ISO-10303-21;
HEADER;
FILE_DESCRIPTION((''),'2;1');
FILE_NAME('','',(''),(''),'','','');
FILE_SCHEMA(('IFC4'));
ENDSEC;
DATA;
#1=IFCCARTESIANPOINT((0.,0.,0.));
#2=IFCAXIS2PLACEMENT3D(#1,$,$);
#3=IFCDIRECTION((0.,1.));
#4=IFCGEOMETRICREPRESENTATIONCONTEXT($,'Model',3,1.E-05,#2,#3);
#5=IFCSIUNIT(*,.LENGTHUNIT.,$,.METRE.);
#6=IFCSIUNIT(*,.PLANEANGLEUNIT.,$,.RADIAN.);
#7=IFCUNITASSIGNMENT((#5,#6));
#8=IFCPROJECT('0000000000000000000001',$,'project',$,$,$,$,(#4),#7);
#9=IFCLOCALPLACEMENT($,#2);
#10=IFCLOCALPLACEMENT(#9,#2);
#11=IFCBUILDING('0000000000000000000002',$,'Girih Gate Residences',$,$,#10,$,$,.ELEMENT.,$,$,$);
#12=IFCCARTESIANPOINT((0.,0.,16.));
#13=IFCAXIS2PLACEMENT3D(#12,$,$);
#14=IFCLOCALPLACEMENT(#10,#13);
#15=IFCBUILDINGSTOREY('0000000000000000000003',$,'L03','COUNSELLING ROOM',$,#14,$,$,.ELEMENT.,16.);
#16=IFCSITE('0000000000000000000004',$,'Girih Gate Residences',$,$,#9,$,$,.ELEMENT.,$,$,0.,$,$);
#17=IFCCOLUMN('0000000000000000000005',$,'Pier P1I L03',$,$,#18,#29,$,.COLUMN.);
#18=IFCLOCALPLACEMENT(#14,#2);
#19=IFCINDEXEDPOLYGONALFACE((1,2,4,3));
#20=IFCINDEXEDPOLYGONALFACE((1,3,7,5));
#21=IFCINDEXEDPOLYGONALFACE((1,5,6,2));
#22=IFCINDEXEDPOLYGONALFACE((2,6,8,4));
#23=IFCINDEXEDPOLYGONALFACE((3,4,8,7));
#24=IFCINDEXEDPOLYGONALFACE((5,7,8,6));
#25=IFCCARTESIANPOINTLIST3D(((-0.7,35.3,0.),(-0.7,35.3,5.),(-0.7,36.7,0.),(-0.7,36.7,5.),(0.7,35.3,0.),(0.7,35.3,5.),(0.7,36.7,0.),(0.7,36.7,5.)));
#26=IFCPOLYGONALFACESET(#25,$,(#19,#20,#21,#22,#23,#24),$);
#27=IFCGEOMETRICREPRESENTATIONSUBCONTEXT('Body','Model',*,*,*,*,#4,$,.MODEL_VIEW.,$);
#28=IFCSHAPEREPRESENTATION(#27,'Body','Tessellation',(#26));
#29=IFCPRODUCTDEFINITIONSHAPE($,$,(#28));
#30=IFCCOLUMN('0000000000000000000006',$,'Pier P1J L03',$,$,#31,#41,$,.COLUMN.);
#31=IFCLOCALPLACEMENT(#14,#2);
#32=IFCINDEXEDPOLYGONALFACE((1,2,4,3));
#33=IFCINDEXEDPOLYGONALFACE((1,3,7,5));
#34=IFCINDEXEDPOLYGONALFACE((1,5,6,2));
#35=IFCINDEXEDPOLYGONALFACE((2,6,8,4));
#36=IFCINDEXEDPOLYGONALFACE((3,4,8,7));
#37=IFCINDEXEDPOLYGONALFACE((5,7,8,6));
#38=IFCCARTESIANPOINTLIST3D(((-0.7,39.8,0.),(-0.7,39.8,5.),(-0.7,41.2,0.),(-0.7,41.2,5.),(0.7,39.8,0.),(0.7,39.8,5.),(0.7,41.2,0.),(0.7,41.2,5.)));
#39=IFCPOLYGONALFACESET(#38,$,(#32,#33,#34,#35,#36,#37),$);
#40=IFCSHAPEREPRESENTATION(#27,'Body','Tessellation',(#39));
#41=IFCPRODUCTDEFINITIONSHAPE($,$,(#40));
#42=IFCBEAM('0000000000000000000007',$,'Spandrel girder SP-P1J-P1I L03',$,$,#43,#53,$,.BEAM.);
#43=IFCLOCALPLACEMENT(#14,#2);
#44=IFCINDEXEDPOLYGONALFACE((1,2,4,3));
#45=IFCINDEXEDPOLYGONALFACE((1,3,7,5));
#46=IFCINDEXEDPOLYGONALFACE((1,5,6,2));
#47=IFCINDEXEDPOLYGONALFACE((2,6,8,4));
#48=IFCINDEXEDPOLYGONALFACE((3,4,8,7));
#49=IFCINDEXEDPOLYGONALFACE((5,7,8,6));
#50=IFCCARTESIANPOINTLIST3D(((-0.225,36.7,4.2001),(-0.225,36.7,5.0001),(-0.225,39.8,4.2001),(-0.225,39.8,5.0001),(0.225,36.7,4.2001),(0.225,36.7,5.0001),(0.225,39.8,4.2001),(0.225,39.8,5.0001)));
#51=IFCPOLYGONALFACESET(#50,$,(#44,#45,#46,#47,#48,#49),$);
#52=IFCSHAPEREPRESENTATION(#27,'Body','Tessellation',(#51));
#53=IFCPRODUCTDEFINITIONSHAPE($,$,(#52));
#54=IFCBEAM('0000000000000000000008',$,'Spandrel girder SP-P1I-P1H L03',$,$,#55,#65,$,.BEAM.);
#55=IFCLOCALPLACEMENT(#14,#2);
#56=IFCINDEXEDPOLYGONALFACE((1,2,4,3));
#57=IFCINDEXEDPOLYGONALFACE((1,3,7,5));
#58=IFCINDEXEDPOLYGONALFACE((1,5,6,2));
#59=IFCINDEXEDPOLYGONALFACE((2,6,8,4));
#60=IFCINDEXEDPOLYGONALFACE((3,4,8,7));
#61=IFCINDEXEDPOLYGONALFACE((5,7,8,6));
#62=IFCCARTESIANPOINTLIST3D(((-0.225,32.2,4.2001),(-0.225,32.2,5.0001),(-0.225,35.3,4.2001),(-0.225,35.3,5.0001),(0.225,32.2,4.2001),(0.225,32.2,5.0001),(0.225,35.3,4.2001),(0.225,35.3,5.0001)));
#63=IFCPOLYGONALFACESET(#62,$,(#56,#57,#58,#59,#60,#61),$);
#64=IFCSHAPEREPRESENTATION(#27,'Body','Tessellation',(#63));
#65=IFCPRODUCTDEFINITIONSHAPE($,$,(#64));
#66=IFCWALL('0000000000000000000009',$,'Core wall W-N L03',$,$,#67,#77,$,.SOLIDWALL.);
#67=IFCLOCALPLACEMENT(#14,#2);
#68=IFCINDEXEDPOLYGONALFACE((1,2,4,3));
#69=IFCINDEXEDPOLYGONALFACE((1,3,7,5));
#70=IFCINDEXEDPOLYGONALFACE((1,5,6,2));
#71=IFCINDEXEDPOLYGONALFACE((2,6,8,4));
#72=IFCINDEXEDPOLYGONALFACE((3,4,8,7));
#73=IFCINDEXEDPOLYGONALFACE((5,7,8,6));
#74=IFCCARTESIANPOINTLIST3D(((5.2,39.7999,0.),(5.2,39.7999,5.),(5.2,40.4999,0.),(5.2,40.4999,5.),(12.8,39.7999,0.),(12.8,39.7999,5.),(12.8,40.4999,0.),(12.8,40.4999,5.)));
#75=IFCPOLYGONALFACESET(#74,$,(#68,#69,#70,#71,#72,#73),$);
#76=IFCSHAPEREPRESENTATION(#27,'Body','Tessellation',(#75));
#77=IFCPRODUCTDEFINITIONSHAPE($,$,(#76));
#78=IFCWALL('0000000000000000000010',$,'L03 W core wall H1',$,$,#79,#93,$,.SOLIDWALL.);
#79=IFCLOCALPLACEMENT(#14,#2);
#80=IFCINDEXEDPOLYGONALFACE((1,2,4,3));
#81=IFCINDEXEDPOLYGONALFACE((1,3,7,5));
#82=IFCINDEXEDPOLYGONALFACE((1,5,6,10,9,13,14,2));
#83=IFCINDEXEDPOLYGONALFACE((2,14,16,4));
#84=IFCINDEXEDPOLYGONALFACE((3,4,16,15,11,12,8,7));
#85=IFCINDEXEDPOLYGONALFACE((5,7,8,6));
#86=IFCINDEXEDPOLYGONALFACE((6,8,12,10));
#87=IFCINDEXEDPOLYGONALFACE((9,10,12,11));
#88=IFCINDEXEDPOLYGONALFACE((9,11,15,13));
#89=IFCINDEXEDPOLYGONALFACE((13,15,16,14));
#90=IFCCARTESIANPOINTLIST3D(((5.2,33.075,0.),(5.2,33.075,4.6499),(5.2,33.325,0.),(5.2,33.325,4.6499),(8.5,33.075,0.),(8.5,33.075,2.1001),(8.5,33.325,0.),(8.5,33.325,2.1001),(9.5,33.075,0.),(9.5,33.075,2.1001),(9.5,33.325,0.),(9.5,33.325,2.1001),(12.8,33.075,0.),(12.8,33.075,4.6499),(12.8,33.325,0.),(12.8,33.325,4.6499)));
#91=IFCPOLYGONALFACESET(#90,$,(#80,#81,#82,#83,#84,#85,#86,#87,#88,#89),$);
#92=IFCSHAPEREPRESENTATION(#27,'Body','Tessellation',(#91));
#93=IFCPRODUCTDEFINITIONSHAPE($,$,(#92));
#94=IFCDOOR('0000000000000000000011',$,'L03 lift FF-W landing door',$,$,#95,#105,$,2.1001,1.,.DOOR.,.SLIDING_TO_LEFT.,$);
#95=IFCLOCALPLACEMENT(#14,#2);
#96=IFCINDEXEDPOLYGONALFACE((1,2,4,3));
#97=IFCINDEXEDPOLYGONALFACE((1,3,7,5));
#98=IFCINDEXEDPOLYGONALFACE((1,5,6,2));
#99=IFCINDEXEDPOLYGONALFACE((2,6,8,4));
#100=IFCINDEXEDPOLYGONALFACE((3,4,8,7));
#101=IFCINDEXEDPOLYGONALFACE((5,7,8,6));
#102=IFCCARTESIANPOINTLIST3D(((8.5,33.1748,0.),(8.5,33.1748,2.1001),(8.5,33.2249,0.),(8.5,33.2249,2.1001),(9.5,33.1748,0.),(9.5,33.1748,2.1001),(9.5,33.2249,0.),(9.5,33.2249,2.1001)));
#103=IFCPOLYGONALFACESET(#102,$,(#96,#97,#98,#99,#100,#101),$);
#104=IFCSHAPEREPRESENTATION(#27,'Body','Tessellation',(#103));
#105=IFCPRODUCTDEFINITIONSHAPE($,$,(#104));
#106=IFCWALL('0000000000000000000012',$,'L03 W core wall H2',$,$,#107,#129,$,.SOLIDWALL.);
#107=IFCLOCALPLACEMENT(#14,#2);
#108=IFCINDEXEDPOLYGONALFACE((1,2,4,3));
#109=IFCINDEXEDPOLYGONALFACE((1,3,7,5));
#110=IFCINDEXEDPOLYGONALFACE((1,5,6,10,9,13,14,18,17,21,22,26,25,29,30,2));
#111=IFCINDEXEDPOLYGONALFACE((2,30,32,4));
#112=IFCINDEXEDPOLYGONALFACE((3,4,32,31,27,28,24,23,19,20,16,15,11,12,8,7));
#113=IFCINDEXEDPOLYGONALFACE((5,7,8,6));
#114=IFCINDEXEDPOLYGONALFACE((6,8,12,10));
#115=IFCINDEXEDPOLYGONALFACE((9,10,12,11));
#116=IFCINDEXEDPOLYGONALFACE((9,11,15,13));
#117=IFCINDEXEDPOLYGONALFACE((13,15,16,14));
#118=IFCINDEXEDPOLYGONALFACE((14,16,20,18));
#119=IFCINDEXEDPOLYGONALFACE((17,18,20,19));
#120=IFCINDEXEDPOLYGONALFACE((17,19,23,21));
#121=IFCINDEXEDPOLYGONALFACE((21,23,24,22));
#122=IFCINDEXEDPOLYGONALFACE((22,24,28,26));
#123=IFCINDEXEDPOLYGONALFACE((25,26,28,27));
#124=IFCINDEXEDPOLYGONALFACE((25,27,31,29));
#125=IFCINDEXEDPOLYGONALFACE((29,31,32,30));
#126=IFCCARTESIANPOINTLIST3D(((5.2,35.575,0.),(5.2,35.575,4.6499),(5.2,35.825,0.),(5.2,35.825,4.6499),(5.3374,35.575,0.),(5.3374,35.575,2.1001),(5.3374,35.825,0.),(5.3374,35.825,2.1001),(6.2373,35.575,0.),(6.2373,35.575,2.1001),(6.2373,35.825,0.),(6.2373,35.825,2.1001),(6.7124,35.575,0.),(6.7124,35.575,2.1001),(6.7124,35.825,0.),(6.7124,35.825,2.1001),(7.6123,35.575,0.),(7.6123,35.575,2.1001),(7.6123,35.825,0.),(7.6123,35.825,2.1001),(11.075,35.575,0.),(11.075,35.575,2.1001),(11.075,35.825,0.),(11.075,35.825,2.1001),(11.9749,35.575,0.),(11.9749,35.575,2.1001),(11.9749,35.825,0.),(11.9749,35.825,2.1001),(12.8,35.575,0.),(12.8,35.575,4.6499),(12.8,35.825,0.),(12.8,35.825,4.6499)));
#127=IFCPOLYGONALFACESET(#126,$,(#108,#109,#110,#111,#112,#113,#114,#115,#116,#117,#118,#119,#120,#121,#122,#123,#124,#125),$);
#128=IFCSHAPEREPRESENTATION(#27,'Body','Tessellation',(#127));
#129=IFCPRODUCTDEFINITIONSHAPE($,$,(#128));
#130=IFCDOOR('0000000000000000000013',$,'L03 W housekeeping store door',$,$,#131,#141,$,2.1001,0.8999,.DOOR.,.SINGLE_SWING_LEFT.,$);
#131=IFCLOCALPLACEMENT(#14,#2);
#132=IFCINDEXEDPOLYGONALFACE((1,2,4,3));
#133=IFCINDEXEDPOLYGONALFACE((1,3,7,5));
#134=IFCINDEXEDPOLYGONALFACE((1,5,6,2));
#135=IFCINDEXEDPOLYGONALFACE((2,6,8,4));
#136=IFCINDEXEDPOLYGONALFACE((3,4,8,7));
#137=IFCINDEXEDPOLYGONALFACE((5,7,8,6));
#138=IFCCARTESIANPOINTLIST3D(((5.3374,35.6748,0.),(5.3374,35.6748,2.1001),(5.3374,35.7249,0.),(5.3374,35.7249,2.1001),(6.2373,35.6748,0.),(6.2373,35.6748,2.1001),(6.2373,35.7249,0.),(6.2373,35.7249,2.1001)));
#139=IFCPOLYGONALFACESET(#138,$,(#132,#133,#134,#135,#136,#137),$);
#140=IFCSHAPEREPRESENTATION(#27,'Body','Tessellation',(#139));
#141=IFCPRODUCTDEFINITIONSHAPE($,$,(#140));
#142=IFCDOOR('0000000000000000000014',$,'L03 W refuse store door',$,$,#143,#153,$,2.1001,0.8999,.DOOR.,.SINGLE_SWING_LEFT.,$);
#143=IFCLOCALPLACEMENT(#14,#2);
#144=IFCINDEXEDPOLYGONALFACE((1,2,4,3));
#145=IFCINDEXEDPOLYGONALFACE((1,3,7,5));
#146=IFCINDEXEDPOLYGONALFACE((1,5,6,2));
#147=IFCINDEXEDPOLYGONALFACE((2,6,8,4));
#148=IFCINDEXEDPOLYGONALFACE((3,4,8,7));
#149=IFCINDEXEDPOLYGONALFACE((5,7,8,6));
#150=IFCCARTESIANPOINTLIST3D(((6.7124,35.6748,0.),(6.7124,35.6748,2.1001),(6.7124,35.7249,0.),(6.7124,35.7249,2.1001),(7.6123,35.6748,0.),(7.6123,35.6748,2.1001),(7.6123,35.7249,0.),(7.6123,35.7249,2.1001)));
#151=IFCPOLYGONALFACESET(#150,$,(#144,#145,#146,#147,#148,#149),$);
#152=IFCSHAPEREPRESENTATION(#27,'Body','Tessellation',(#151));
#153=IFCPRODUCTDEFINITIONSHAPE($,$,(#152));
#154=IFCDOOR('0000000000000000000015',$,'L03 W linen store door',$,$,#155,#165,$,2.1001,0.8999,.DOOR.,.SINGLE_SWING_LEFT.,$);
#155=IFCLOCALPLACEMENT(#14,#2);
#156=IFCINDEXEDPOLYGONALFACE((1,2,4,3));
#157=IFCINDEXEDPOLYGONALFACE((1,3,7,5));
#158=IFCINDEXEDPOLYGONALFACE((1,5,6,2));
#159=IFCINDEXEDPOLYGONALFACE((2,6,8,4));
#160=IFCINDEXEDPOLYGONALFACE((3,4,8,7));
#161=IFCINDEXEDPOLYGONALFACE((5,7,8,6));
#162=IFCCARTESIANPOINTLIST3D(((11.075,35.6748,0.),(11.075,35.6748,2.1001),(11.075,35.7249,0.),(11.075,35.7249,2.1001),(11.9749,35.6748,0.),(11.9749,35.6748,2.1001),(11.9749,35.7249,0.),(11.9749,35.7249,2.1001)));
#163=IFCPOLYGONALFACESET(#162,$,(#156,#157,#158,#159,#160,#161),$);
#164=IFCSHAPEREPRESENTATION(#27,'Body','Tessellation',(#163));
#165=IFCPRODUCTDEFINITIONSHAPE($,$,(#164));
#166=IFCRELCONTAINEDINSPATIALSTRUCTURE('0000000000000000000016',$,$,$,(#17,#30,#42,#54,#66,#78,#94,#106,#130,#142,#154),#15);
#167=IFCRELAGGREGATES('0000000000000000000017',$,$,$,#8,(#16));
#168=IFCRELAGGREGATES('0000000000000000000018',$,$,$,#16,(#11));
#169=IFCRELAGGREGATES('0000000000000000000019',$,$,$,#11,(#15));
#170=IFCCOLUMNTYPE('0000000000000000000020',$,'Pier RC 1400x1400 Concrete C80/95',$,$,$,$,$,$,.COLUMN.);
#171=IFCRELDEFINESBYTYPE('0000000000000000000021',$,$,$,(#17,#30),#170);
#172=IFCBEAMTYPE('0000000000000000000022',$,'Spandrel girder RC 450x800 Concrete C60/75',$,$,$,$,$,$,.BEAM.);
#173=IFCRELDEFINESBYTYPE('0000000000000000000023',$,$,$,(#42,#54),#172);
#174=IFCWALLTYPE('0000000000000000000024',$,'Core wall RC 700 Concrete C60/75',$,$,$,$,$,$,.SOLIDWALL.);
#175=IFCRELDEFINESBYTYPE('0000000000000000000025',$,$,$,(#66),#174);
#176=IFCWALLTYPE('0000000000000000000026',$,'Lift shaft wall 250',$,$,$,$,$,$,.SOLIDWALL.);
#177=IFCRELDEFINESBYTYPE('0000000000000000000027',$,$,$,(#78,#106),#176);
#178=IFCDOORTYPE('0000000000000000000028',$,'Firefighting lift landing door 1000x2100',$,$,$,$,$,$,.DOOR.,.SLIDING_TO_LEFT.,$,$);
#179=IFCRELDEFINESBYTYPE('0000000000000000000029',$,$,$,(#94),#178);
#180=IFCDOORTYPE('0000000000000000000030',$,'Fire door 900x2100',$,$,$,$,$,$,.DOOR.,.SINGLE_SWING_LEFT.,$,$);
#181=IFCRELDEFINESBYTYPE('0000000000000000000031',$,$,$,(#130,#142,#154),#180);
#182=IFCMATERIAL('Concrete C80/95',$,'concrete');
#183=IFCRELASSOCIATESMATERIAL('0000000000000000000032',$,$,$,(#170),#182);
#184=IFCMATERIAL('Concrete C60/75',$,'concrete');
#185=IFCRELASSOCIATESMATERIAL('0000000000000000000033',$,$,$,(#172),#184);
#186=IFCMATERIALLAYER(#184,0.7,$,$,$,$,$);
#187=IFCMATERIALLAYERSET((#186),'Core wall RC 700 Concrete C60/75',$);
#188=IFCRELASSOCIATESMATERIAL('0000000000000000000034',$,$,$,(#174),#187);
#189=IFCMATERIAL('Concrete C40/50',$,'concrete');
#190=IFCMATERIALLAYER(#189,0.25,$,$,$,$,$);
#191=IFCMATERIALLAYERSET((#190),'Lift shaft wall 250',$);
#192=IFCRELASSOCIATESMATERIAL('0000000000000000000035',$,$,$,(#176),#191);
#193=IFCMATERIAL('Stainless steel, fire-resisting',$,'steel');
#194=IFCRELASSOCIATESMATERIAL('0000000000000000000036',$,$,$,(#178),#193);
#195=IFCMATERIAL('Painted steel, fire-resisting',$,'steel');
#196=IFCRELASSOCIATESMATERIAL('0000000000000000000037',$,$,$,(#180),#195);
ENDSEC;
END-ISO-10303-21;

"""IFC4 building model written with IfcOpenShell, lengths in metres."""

from ifc_helpers import new_model, si_unit, direction, frame, frame_2d, origin, origin_2d, place, context, subcontext, project, spatial, rectangle, extrude, material, layer, layer_set, material_profile, profile_set, type_object, element, fill, save


model = new_model("IFC4")

# Units and contexts
model_context = context("Model", 3, precision=1e-05, world=origin(), true_north=direction((0.0, 1.0)))
body_context = subcontext(model_context, "Body", "Model", "MODEL_VIEW")
ifc_project = project(units=[si_unit("LENGTHUNIT", "METRE"), si_unit("PLANEANGLEUNIT", "RADIAN")], contexts=[model_context])

# Site, building, storey
site_placement = place(None, origin())
site = spatial("IfcSite", under=ifc_project, at=site_placement, Name="Girih Gate Residences", CompositionType="ELEMENT", RefElevation=0.0)
building_placement = place(site_placement, origin())
building = spatial("IfcBuilding", under=site, at=building_placement, Name="Girih Gate Residences", CompositionType="ELEMENT")
storey_placement = place(building_placement, frame((0.0, 0.0, 16.0)))
storey = spatial("IfcBuildingStorey", under=building, at=storey_placement, Name="L03", Description="COUNSELLING ROOM", CompositionType="ELEMENT", Elevation=16.0)

# Columns
ifc_material_1 = material(Name="Concrete C80/95", Category="concrete")
ifc_material_profile_1 = material_profile(ifc_material_1, rectangle(XDim=1.3999, YDim=1.3999, at=origin_2d()))
ifc_profile_set_1 = profile_set([ifc_material_profile_1], Name="Concrete C80/95")
column_type = type_object("IfcColumnType", Name="Pier RC 1400x1400 Concrete C80/95", PredefinedType="COLUMN", material=ifc_profile_set_1)
for number, where, z_axis, x_axis, name in (
    (1, (0.0, 36.0, 0.0), (0.0, 0.0, 1.0), (1.0, 0.0, 0.0), "Pier P1I L03"),
    (2, (0.0, 40.5, 0.0), (0.0, 0.0, 1.0), (1.0, 0.0, 0.0), "Pier P1J L03"),
):
    element("IfcColumn", number, at=place(storey_placement, frame(where, z_axis=z_axis, x_axis=x_axis)), inside=storey, type_object=column_type, Name=name, PredefinedType="COLUMN", context=body_context, shape_type="SweptSolid", body=[
        extrude(rectangle(XDim=1.3999, YDim=1.3999, at=origin_2d()), origin(), (0.0, 0.0, 1.0), 5.0),
    ])

# Beams
ifc_material_2 = material(Name="Concrete C60/75", Category="concrete")
ifc_material_profile_2 = material_profile(ifc_material_2, rectangle(XDim=0.45, YDim=0.8, at=origin_2d()))
ifc_profile_set_2 = profile_set([ifc_material_profile_2], Name="Concrete C60/75")
beam_type = type_object("IfcBeamType", Name="Spandrel girder RC 450x800 Concrete C60/75", PredefinedType="BEAM", material=ifc_profile_set_2)
for number, where, z_axis, x_axis, name in (
    (3, (0.0, 39.8, 4.6001), (0.0, -1.0, 0.0), (1.0, 0.0, 0.0), "Spandrel girder SP-P1J-P1I L03"),
    (4, (0.0, 35.3, 4.6001), (0.0, -1.0, 0.0), (1.0, 0.0, 0.0), "Spandrel girder SP-P1I-P1H L03"),
):
    element("IfcBeam", number, at=place(storey_placement, frame(where, z_axis=z_axis, x_axis=x_axis)), inside=storey, type_object=beam_type, Name=name, PredefinedType="BEAM", context=body_context, shape_type="SweptSolid", body=[
        extrude(rectangle(XDim=0.45, YDim=0.8, at=origin_2d()), origin(), (0.0, 0.0, 1.0), 3.1001),
    ])

# Wall
ifc_layer_1 = layer(ifc_material_2, 0.7)
ifc_layer_set_1 = layer_set([ifc_layer_1], Name="Core wall RC 700 Concrete C60/75")
wall_type_1 = type_object("IfcWallType", Name="Core wall RC 700 Concrete C60/75", PredefinedType="SOLIDWALL", material=ifc_layer_set_1)
wall_1_placement = place(storey_placement, frame((5.2, 40.1499, 0.0), z_axis=(0.0, 0.0, 1.0), x_axis=(1.0, 0.0, 0.0)))
element("IfcWall", 5, at=wall_1_placement, inside=storey, type_object=wall_type_1, Name="Core wall W-N L03", PredefinedType="SOLIDWALL", context=body_context, shape_type="SweptSolid", body=[
    extrude(rectangle(XDim=7.6001, YDim=0.7, at=frame_2d((3.8, 0.0))), origin(), (0.0, 0.0, 1.0), 5.0),
])

# Wall, opening, door
ifc_material_3 = material(Name="Concrete C40/50", Category="concrete")
ifc_layer_2 = layer(ifc_material_3, 0.25)
ifc_layer_set_2 = layer_set([ifc_layer_2], Name="Lift shaft wall 250")
wall_type_2 = type_object("IfcWallType", Name="Lift shaft wall 250", PredefinedType="SOLIDWALL", material=ifc_layer_set_2)
wall_2_placement = place(storey_placement, frame((5.2, 33.2, 0.0), z_axis=(0.0, 0.0, 1.0), x_axis=(1.0, 0.0, 0.0)))
wall_2 = element("IfcWall", 6, at=wall_2_placement, inside=storey, type_object=wall_type_2, Name="L03 W core wall H1", PredefinedType="SOLIDWALL", context=body_context, shape_type="SweptSolid", body=[
    extrude(rectangle(XDim=7.6001, YDim=0.25, at=frame_2d((3.8, 0.0))), origin(), (0.0, 0.0, 1.0), 4.6499),
])
opening_1_placement = place(wall_2_placement, frame((3.3, 0.0, 0.0)))
opening_1 = element("IfcOpeningElement", 7, at=opening_1_placement, cuts=wall_2, PredefinedType="OPENING", context=body_context, shape_type="SweptSolid", body=[
    extrude(rectangle(XDim=1.0, YDim=2.1001, at=frame_2d((0.5, 1.05))), frame((0.0, 0.135, 0.0), z_axis=(0.0, -1.0, 0.0), x_axis=(1.0, 0.0, 0.0)), (0.0, 0.0, 1.0), 0.27),
])
ifc_material_4 = material(Name="Stainless steel, fire-resisting", Category="steel")
door_type_1 = type_object("IfcDoorType", Name="Firefighting lift landing door 1000x2100", OperationType="SLIDING_TO_LEFT", PredefinedType="DOOR", material=ifc_material_4)
door_1_placement = place(opening_1_placement, origin())
door_1 = element("IfcDoor", 8, at=door_1_placement, inside=storey, type_object=door_type_1, Name="L03 lift FF-W landing door", OperationType="SLIDING_TO_LEFT", OverallHeight=2.1001, OverallWidth=1.0, PredefinedType="DOOR", context=body_context, shape_type="SweptSolid", body=[
    extrude(rectangle(XDim=1.0, YDim=2.1001, at=frame_2d((0.5, 1.05))), frame((0.0, 0.0249, 0.0), z_axis=(0.0, -1.0, 0.0), x_axis=(1.0, 0.0, 0.0)), (0.0, 0.0, 1.0), 0.05),
])
fill(opening_1, door_1)

# Wall, openings, doors
wall_3_placement = place(storey_placement, frame((5.2, 35.7, 0.0), z_axis=(0.0, 0.0, 1.0), x_axis=(1.0, 0.0, 0.0)))
wall_3 = element("IfcWall", 9, at=wall_3_placement, inside=storey, type_object=wall_type_2, Name="L03 W core wall H2", PredefinedType="SOLIDWALL", context=body_context, shape_type="SweptSolid", body=[
    extrude(rectangle(XDim=7.6001, YDim=0.25, at=frame_2d((3.8, 0.0))), origin(), (0.0, 0.0, 1.0), 4.6499),
])
opening_2_placement = place(wall_3_placement, frame((0.1375, 0.0, 0.0)))
opening_2 = element("IfcOpeningElement", 10, at=opening_2_placement, cuts=wall_3, PredefinedType="OPENING", context=body_context, shape_type="SweptSolid", body=[
    extrude(rectangle(XDim=0.8999, YDim=2.1001, at=frame_2d((0.45, 1.05))), frame((0.0, 0.135, 0.0), z_axis=(0.0, -1.0, 0.0), x_axis=(1.0, 0.0, 0.0)), (0.0, 0.0, 1.0), 0.27),
])
opening_3_placement = place(wall_3_placement, frame((1.5125, 0.0, 0.0)))
opening_3 = element("IfcOpeningElement", 11, at=opening_3_placement, cuts=wall_3, PredefinedType="OPENING", context=body_context, shape_type="SweptSolid", body=[
    extrude(rectangle(XDim=0.8999, YDim=2.1001, at=frame_2d((0.45, 1.05))), frame((0.0, 0.135, 0.0), z_axis=(0.0, -1.0, 0.0), x_axis=(1.0, 0.0, 0.0)), (0.0, 0.0, 1.0), 0.27),
])
opening_4_placement = place(wall_3_placement, frame((5.875, 0.0, 0.0)))
opening_4 = element("IfcOpeningElement", 12, at=opening_4_placement, cuts=wall_3, PredefinedType="OPENING", context=body_context, shape_type="SweptSolid", body=[
    extrude(rectangle(XDim=0.8999, YDim=2.1001, at=frame_2d((0.45, 1.05))), frame((0.0, 0.135, 0.0), z_axis=(0.0, -1.0, 0.0), x_axis=(1.0, 0.0, 0.0)), (0.0, 0.0, 1.0), 0.27),
])
ifc_material_5 = material(Name="Painted steel, fire-resisting", Category="steel")
door_type_2 = type_object("IfcDoorType", Name="Fire door 900x2100", OperationType="SINGLE_SWING_LEFT", PredefinedType="DOOR", material=ifc_material_5)
door_2_placement = place(opening_2_placement, origin())
door_2 = element("IfcDoor", 13, at=door_2_placement, inside=storey, type_object=door_type_2, Name="L03 W housekeeping store door", OperationType="SINGLE_SWING_LEFT", OverallHeight=2.1001, OverallWidth=0.8999, PredefinedType="DOOR", context=body_context, shape_type="SweptSolid", body=[
    extrude(rectangle(XDim=0.8999, YDim=2.1001, at=frame_2d((0.45, 1.05))), frame((0.0, 0.0249, 0.0), z_axis=(0.0, -1.0, 0.0), x_axis=(1.0, 0.0, 0.0)), (0.0, 0.0, 1.0), 0.05),
])
fill(opening_2, door_2)
door_3_placement = place(opening_3_placement, origin())
door_3 = element("IfcDoor", 14, at=door_3_placement, inside=storey, type_object=door_type_2, Name="L03 W refuse store door", OperationType="SINGLE_SWING_LEFT", OverallHeight=2.1001, OverallWidth=0.8999, PredefinedType="DOOR", context=body_context, shape_type="SweptSolid", body=[
    extrude(rectangle(XDim=0.8999, YDim=2.1001, at=frame_2d((0.45, 1.05))), frame((0.0, 0.0249, 0.0), z_axis=(0.0, -1.0, 0.0), x_axis=(1.0, 0.0, 0.0)), (0.0, 0.0, 1.0), 0.05),
])
fill(opening_3, door_3)
door_4_placement = place(opening_4_placement, origin())
door_4 = element("IfcDoor", 15, at=door_4_placement, inside=storey, type_object=door_type_2, Name="L03 W linen store door", OperationType="SINGLE_SWING_LEFT", OverallHeight=2.1001, OverallWidth=0.8999, PredefinedType="DOOR", context=body_context, shape_type="SweptSolid", body=[
    extrude(rectangle(XDim=0.8999, YDim=2.1001, at=frame_2d((0.45, 1.05))), frame((0.0, 0.0249, 0.0), z_axis=(0.0, -1.0, 0.0), x_axis=(1.0, 0.0, 0.0)), (0.0, 0.0, 1.0), 0.05),
])
fill(opening_4, door_4)

save(model, "model.ifc")
